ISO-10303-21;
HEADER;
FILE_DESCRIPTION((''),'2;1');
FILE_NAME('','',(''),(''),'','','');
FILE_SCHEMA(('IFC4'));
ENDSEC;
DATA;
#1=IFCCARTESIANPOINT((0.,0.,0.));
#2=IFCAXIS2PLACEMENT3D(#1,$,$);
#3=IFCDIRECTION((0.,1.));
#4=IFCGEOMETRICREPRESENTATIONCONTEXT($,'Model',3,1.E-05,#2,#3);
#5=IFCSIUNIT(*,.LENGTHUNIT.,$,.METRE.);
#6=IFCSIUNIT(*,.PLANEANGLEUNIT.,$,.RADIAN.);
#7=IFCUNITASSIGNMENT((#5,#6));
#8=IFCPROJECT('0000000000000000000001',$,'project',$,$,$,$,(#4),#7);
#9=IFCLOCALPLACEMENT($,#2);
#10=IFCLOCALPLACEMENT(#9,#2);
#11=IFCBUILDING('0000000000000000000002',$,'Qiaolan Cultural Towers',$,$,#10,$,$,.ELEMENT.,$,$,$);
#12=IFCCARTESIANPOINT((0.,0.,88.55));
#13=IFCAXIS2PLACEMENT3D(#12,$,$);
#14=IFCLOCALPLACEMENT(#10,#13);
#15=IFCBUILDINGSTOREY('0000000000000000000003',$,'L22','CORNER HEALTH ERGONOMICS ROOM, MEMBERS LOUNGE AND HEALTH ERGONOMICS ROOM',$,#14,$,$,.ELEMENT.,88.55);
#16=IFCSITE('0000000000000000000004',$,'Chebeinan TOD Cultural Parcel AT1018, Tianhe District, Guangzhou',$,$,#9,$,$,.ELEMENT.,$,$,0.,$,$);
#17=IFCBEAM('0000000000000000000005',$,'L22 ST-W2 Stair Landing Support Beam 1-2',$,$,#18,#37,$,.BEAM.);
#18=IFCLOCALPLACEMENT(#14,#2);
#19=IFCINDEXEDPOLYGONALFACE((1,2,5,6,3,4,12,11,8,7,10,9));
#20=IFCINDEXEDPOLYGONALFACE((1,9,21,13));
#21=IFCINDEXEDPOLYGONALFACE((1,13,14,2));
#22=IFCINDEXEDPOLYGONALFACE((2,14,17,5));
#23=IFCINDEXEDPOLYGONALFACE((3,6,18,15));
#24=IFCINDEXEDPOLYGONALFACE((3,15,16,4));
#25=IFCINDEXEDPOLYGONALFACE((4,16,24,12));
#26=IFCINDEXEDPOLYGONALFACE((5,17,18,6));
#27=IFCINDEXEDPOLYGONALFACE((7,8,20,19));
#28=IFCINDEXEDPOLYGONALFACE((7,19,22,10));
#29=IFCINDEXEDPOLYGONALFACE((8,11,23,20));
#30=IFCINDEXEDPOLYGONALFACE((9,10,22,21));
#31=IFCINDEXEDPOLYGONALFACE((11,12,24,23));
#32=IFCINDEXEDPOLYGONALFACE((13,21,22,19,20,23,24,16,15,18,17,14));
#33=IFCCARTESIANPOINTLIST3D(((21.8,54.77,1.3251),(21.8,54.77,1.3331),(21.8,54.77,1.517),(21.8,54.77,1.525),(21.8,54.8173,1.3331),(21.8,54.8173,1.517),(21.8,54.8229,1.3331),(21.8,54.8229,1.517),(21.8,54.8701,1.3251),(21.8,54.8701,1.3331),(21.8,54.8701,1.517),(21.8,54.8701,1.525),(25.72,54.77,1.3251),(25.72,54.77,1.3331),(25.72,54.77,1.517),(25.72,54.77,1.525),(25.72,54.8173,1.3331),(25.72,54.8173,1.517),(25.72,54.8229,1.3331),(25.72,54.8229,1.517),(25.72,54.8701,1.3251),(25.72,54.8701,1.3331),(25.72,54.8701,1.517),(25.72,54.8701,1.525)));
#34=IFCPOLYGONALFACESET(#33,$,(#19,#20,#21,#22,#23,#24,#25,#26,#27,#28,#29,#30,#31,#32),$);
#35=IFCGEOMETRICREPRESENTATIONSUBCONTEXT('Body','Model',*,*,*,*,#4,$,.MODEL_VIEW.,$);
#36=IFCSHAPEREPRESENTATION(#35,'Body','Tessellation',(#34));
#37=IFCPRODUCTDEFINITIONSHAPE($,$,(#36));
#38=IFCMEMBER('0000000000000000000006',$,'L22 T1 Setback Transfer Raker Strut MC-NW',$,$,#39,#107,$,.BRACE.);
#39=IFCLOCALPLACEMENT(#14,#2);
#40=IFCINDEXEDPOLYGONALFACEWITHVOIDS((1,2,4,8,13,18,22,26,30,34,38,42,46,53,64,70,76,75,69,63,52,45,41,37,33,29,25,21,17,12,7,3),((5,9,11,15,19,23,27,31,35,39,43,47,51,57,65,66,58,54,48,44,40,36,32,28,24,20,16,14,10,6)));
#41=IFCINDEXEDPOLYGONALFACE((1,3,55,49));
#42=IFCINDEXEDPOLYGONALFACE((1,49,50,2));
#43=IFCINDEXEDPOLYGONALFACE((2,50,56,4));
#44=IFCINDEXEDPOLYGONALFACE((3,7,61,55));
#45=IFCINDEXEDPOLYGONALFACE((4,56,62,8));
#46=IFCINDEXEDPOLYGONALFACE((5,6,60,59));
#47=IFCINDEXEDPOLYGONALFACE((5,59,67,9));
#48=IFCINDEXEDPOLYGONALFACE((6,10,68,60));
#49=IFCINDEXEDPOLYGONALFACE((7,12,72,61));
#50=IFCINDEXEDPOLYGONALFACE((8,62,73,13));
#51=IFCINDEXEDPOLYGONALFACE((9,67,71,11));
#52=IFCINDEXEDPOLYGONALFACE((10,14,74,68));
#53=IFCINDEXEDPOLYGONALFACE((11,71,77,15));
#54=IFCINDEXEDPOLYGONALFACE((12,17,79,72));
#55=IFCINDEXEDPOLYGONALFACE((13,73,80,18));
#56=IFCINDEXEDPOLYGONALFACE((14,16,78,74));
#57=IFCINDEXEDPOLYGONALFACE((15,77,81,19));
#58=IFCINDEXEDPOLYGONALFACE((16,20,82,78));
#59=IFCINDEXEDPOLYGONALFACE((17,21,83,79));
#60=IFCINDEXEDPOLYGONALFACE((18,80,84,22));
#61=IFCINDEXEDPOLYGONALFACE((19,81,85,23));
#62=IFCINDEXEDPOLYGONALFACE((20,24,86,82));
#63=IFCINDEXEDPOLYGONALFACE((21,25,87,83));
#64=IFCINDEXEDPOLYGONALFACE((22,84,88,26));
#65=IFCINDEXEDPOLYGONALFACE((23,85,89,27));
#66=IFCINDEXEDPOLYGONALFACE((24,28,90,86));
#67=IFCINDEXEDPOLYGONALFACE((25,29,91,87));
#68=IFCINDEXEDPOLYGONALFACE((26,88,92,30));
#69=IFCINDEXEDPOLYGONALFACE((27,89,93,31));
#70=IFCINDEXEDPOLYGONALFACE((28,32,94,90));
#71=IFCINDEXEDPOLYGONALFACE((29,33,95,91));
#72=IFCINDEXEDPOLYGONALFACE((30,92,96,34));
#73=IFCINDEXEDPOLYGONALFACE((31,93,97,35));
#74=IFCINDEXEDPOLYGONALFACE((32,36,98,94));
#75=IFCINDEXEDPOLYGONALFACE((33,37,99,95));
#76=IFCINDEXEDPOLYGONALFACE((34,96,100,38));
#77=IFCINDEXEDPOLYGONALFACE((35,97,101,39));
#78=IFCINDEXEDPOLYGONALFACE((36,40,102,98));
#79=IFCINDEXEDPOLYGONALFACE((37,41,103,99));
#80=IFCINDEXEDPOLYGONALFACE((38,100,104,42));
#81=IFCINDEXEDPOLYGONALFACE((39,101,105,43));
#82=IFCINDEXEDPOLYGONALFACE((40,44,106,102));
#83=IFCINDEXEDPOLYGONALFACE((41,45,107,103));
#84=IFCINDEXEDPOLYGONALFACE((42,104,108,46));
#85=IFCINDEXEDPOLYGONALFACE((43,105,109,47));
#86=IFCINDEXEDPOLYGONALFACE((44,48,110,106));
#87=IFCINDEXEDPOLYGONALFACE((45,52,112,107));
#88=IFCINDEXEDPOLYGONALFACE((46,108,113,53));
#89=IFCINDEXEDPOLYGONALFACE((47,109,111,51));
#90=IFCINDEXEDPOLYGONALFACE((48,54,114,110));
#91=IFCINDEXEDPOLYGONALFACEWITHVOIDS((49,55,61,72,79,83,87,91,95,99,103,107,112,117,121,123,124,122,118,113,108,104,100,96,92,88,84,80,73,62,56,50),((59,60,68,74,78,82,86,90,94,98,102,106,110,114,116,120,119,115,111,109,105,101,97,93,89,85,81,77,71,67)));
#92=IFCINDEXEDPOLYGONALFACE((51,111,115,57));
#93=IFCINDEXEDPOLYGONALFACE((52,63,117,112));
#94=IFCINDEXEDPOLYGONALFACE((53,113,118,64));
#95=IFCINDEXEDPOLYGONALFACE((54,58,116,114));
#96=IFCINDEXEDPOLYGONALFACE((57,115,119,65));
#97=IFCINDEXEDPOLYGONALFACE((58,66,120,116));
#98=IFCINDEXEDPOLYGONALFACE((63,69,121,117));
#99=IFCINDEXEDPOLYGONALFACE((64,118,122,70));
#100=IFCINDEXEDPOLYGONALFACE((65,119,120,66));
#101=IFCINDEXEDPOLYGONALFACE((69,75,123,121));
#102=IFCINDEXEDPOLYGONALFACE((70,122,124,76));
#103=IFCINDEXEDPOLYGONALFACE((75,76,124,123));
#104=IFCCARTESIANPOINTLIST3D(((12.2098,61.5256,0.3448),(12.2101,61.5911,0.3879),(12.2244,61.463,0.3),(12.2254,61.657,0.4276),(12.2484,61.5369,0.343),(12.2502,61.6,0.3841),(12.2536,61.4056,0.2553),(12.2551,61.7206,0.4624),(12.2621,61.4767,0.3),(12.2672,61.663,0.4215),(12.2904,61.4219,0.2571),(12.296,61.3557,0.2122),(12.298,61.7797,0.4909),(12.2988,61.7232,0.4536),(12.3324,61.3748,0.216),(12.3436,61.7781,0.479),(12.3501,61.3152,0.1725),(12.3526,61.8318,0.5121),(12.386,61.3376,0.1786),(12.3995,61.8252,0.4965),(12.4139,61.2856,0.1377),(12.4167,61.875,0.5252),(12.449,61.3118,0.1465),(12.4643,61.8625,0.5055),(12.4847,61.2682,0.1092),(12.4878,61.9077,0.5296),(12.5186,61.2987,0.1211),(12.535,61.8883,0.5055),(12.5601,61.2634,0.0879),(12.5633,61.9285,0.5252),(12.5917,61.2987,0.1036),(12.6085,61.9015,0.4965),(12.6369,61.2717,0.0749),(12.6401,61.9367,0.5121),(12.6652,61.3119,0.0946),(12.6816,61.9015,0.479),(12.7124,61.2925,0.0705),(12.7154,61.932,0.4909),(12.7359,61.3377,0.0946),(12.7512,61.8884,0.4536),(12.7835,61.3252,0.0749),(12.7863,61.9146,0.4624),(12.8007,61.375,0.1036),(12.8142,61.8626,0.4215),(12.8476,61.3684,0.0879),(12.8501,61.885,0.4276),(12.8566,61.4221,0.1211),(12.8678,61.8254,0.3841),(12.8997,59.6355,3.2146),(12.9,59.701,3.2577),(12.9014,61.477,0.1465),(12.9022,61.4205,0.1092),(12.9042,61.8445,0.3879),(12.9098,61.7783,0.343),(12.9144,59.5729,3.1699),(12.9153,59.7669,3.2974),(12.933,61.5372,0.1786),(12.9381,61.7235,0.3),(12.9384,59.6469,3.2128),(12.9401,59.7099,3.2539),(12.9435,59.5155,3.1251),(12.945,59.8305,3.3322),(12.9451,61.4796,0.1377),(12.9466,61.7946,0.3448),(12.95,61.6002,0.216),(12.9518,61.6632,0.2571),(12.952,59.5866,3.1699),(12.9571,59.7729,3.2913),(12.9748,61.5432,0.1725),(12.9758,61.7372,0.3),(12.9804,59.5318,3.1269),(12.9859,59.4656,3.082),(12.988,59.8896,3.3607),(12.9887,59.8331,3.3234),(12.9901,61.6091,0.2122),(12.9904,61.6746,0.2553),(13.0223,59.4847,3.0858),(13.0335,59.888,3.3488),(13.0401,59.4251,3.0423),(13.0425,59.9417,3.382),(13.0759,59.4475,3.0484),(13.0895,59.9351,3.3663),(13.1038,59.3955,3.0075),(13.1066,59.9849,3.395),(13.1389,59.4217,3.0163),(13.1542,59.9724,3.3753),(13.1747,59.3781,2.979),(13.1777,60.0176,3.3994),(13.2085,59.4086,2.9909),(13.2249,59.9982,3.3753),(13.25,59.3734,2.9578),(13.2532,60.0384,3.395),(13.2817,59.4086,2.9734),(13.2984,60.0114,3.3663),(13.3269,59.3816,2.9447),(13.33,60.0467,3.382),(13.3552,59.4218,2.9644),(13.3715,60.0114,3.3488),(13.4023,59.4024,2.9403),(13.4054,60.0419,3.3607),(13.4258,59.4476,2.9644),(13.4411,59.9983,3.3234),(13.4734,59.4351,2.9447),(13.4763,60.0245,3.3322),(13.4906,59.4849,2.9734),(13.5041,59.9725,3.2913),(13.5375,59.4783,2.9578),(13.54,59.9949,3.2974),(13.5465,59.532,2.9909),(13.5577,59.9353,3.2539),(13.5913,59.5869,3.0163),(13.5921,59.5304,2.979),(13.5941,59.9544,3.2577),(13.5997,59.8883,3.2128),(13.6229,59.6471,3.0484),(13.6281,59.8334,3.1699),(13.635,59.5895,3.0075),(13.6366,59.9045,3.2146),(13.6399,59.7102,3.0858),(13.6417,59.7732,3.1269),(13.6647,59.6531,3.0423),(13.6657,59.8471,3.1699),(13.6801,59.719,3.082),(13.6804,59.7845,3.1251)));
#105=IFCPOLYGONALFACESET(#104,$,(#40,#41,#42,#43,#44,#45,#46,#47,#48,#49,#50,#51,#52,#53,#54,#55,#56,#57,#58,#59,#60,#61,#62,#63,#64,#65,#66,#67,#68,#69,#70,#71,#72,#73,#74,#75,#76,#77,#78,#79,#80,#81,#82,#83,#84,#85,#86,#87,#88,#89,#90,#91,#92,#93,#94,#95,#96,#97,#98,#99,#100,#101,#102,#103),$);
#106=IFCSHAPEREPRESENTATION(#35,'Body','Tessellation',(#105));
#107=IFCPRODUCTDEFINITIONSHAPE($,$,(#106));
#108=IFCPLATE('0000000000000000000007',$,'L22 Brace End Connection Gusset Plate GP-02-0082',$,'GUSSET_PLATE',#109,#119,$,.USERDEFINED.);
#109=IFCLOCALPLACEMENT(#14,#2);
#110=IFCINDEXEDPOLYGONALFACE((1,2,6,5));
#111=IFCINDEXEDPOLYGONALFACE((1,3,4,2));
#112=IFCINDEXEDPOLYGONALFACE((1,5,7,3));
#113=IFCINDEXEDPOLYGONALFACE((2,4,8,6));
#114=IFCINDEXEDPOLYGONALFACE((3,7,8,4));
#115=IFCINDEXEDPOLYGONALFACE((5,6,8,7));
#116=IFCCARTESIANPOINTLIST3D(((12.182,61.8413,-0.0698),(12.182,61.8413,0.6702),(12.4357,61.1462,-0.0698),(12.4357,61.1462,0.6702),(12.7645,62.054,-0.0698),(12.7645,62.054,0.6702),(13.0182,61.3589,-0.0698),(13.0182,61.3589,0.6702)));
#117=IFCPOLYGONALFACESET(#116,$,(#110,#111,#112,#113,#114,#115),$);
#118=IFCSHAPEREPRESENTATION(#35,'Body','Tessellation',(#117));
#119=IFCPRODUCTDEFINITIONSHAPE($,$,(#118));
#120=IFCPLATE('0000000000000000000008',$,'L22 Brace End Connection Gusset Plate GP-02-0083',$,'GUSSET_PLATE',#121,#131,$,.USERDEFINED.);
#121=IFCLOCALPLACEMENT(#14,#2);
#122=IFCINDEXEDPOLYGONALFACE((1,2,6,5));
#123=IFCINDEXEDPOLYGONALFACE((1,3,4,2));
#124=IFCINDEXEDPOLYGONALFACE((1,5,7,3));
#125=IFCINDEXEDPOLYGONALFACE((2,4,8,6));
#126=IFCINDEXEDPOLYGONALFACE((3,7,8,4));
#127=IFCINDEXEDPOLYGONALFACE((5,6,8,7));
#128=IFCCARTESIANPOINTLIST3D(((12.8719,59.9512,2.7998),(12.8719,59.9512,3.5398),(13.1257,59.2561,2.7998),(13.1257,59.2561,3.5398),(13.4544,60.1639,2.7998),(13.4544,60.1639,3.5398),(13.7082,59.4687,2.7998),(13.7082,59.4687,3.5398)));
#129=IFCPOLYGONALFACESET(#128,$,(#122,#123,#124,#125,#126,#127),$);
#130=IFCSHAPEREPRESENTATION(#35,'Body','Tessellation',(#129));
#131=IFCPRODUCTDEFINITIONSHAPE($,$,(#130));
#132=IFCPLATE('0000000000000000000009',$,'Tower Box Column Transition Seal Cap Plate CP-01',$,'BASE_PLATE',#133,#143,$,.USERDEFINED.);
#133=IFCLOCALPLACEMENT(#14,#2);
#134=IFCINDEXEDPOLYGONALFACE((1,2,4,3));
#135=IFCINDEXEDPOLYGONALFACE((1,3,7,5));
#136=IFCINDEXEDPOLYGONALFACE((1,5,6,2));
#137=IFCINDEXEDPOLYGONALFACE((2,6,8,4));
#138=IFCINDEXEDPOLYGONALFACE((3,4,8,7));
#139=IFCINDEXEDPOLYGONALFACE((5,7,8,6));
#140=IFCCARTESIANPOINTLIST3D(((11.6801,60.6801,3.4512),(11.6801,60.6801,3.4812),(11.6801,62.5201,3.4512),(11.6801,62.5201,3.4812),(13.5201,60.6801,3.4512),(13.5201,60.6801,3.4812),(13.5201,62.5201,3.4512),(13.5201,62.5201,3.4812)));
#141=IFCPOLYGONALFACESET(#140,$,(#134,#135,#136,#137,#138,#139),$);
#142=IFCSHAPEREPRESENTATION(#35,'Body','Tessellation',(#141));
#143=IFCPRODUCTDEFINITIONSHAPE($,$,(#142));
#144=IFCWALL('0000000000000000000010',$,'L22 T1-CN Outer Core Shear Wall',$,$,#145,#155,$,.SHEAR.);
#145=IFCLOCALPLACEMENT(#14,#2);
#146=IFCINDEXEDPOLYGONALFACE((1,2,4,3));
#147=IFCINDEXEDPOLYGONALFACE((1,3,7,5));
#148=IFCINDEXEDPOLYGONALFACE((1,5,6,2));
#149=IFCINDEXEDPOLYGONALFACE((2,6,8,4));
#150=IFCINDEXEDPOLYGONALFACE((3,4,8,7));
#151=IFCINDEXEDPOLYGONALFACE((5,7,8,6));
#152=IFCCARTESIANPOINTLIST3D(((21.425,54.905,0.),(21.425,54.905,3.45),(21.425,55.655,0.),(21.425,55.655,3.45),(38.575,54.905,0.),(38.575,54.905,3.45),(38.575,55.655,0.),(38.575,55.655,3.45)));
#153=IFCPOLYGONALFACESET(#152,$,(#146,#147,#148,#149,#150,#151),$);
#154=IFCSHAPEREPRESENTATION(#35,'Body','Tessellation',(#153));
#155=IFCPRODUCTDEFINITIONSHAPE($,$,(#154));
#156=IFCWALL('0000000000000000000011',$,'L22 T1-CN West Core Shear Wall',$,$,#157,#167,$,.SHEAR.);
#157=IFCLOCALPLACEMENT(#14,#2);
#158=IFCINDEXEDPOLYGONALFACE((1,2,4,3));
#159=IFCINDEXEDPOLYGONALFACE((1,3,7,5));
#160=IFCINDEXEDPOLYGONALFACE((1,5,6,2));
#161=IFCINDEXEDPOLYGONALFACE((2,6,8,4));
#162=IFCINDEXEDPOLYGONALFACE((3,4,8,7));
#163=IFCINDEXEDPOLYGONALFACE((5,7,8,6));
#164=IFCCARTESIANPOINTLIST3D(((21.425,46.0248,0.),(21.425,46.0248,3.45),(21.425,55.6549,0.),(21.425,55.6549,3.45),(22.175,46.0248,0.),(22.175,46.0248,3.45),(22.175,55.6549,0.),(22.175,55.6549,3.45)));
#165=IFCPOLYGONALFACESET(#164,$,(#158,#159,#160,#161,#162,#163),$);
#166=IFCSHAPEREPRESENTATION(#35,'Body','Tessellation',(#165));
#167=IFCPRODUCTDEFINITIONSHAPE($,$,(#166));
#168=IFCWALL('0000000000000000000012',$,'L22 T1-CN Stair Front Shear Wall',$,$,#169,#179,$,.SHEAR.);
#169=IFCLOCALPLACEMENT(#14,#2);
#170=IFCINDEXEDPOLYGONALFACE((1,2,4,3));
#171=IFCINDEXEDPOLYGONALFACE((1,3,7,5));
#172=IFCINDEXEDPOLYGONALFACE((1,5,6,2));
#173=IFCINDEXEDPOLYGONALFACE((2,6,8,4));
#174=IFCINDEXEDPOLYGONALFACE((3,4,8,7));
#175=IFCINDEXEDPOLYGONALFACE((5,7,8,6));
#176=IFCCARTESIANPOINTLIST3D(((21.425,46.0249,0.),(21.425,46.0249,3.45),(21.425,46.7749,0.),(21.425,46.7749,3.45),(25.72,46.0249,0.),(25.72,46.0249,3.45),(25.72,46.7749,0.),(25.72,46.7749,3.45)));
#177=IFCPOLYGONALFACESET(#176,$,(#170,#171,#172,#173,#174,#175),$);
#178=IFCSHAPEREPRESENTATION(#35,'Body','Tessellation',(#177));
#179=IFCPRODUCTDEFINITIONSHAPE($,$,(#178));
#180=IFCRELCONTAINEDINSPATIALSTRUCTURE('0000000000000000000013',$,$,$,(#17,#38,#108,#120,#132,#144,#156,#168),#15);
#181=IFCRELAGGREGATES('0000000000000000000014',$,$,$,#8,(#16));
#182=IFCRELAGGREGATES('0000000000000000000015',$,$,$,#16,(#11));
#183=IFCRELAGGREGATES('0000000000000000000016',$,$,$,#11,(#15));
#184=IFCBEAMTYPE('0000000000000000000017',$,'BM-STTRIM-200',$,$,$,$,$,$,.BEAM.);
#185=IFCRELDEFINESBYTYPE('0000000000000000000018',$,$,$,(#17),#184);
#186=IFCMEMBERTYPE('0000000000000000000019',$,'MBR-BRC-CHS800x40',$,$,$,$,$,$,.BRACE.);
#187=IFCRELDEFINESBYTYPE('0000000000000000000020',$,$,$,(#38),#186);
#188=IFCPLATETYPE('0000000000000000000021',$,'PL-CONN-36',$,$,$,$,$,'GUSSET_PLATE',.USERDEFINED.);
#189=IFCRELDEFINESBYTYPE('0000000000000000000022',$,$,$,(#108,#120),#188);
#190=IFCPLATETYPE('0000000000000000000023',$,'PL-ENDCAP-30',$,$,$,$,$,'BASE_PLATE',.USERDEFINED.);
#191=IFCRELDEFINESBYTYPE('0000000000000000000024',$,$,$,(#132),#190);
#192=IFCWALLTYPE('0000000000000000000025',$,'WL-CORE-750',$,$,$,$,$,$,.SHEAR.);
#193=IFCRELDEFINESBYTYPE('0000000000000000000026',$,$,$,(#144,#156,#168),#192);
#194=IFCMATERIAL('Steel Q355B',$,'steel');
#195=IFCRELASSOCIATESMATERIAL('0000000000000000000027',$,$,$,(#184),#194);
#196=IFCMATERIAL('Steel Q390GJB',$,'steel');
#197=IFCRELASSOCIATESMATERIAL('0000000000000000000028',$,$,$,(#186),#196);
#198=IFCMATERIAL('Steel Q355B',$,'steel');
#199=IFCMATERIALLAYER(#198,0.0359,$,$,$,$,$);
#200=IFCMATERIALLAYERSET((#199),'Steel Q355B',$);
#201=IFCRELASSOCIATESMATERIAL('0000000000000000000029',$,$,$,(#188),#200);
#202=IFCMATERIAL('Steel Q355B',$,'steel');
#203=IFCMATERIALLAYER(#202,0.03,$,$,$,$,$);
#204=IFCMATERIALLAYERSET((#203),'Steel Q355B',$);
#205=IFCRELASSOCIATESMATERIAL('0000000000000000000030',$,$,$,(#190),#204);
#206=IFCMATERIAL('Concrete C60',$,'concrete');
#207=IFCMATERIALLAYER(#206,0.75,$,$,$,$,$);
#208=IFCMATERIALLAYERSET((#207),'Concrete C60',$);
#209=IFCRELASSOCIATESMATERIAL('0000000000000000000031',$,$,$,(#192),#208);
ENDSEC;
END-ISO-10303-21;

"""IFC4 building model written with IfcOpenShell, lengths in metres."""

from ifc_helpers import new_model, si_unit, direction, frame, frame_2d, origin, origin_2d, place, context, subcontext, project, spatial, rectangle, hollow_circle, i_section, extrude, material, layer, layer_set, material_profile, profile_set, type_object, element, save


model = new_model("IFC4")

# Units and contexts
model_context = context("Model", 3, precision=1e-05, world=origin(), true_north=direction((0.0, 1.0)))
body_context = subcontext(model_context, "Body", "Model", "MODEL_VIEW")
ifc_project = project(units=[si_unit("LENGTHUNIT", "METRE"), si_unit("PLANEANGLEUNIT", "RADIAN")], contexts=[model_context])

# Site, building, storey
site_placement = place(None, origin())
site = spatial("IfcSite", under=ifc_project, at=site_placement, Name="Chebeinan TOD Cultural Parcel AT1018, Tianhe District, Guangzhou", CompositionType="ELEMENT", RefElevation=0.0)
building_placement = place(site_placement, origin())
building = spatial("IfcBuilding", under=site, at=building_placement, Name="Qiaolan Cultural Towers", CompositionType="ELEMENT")
storey_placement = place(building_placement, frame((0.0, 0.0, 88.55)))
storey = spatial("IfcBuildingStorey", under=building, at=storey_placement, Name="L22", Description="CORNER HEALTH ERGONOMICS ROOM, MEMBERS LOUNGE AND HEALTH ERGONOMICS ROOM", CompositionType="ELEMENT", Elevation=88.55)

# Beam
ifc_material_1 = material(Name="Steel Q355B", Category="steel")
ifc_material_profile_1 = material_profile(ifc_material_1, i_section(OverallWidth=0.1001, OverallDepth=0.2, WebThickness=0.0056, FlangeThickness=0.0081, at=origin_2d()), Name="HN200x100x5.5x8")
ifc_profile_set_1 = profile_set([ifc_material_profile_1], Name="Steel Q355B")
beam_type_1 = type_object("IfcBeamType", Name="BM-STTRIM-200", PredefinedType="BEAM", material=ifc_profile_set_1)
for number, where, z_axis, x_axis, name in (
    (1, (21.8, 54.8201, 1.425), (1.0, 0.0, 0.0), (0.0, 1.0, 0.0), "L22 ST-W2 Stair Landing Support Beam 1-2"),
):
    element("IfcBeam", number, at=place(storey_placement, frame(where, z_axis=z_axis, x_axis=x_axis)), inside=storey, type_object=beam_type_1, Name=name, PredefinedType="BEAM", context=body_context, shape_type="SweptSolid", body=[
        extrude(i_section(OverallWidth=0.1001, OverallDepth=0.2, WebThickness=0.0056, FlangeThickness=0.0081, at=origin_2d()), origin(), (0.0, 0.0, 1.0), 3.9199),
    ])

# Member
ifc_material_2 = material(Name="Steel Q390GJB", Category="steel")
ifc_material_profile_2 = material_profile(ifc_material_2, hollow_circle(Radius=0.3999, WallThickness=0.04, at=origin_2d()), Name="CHS800x40")
ifc_profile_set_2 = profile_set([ifc_material_profile_2], Name="Steel Q390GJB")
member_type = type_object("IfcMemberType", Name="MBR-BRC-CHS800x40", PredefinedType="BRACE", material=ifc_profile_set_2)
member_placement = place(storey_placement, frame((12.6001, 61.6001, 0.3), z_axis=(0.196847, -0.539273, 0.818801), x_axis=(0.939375, 0.342892, 0.0)))
element("IfcMember", 2, at=member_placement, inside=storey, type_object=member_type, Name="L22 T1 Setback Transfer Raker Strut MC-NW", PredefinedType="BRACE", context=body_context, shape_type="SweptSolid", body=[
    extrude(hollow_circle(Radius=0.3999, WallThickness=0.04, at=origin_2d()), origin(), (0.0, 0.0, 1.0), 3.5049),
])

# Plates
ifc_material_3 = material(Name="Steel Q355B", Category="steel")
ifc_layer_1 = layer(ifc_material_3, 0.0359)
ifc_layer_set_1 = layer_set([ifc_layer_1], Name="Steel Q355B")
plate_type_1 = type_object("IfcPlateType", Name="PL-CONN-36", ElementType="GUSSET_PLATE", PredefinedType="USERDEFINED", material=ifc_layer_set_1)
for number, where, z_axis, x_axis, name in (
    (3, (12.6001, 61.6001, -0.0698), (0.0, 0.0, 1.0), (-0.34294, 0.939357, 0.0), "L22 Brace End Connection Gusset Plate GP-02-0082"),
    (4, (13.29, 59.71, 2.7998), (0.0, 0.0, 1.0), (-0.34294, 0.939357, 0.0), "L22 Brace End Connection Gusset Plate GP-02-0083"),
):
    element("IfcPlate", number, at=place(storey_placement, frame(where, z_axis=z_axis, x_axis=x_axis)), inside=storey, type_object=plate_type_1, Name=name, ObjectType="GUSSET_PLATE", PredefinedType="USERDEFINED", context=body_context, shape_type="SweptSolid", body=[
        extrude(rectangle(XDim=0.74, YDim=0.6201, at=origin_2d()), origin(), (0.0, 0.0, 1.0), 0.74),
    ])
ifc_material_4 = material(Name="Steel Q355B", Category="steel")
ifc_layer_2 = layer(ifc_material_4, 0.03)
ifc_layer_set_2 = layer_set([ifc_layer_2], Name="Steel Q355B")
plate_type_2 = type_object("IfcPlateType", Name="PL-ENDCAP-30", ElementType="BASE_PLATE", PredefinedType="USERDEFINED", material=ifc_layer_set_2)
plate_placement = place(storey_placement, frame((12.6001, 61.6001, 3.4512), z_axis=(0.0, 0.0, 1.0), x_axis=(1.0, 0.0, 0.0)))
element("IfcPlate", 5, at=plate_placement, inside=storey, type_object=plate_type_2, Name="Tower Box Column Transition Seal Cap Plate CP-01", ObjectType="BASE_PLATE", PredefinedType="USERDEFINED", context=body_context, shape_type="SweptSolid", body=[
    extrude(rectangle(XDim=1.8401, YDim=1.8401, at=origin_2d()), origin(), (0.0, 0.0, 1.0), 0.03),
])

# Walls
ifc_material_5 = material(Name="Concrete C60", Category="concrete")
ifc_layer_3 = layer(ifc_material_5, 0.75)
ifc_layer_set_3 = layer_set([ifc_layer_3], Name="Concrete C60")
wall_type_1 = type_object("IfcWallType", Name="WL-CORE-750", PredefinedType="SHEAR", material=ifc_layer_set_3)
wall_1_placement = place(storey_placement, frame((21.425, 55.28, 0.0), z_axis=(0.0, 0.0, 1.0), x_axis=(1.0, 0.0, 0.0)))
element("IfcWall", 6, at=wall_1_placement, inside=storey, type_object=wall_type_1, Name="L22 T1-CN Outer Core Shear Wall", PredefinedType="SHEAR", context=body_context, shape_type="SweptSolid", body=[
    extrude(rectangle(XDim=17.1499, YDim=0.75, at=frame_2d((8.575, 0.0))), origin(), (0.0, 0.0, 1.0), 3.45),
])
wall_2_placement = place(storey_placement, frame((21.8, 46.0249, 0.0), z_axis=(0.0, 0.0, 1.0), x_axis=(0.0, 1.0, 0.0)))
element("IfcWall", 7, at=wall_2_placement, inside=storey, type_object=wall_type_1, Name="L22 T1-CN West Core Shear Wall", PredefinedType="SHEAR", context=body_context, shape_type="SweptSolid", body=[
    extrude(rectangle(XDim=9.6301, YDim=0.75, at=frame_2d((4.8149, 0.0))), origin(), (0.0, 0.0, 1.0), 3.45),
])
wall_3_placement = place(storey_placement, frame((21.425, 46.3999, 0.0), z_axis=(0.0, 0.0, 1.0), x_axis=(1.0, 0.0, 0.0)))
element("IfcWall", 8, at=wall_3_placement, inside=storey, type_object=wall_type_1, Name="L22 T1-CN Stair Front Shear Wall", PredefinedType="SHEAR", context=body_context, shape_type="SweptSolid", body=[
    extrude(rectangle(XDim=4.2949, YDim=0.75, at=frame_2d((2.1475, 0.0))), origin(), (0.0, 0.0, 1.0), 3.45),
])

save(model, "model.ifc")
